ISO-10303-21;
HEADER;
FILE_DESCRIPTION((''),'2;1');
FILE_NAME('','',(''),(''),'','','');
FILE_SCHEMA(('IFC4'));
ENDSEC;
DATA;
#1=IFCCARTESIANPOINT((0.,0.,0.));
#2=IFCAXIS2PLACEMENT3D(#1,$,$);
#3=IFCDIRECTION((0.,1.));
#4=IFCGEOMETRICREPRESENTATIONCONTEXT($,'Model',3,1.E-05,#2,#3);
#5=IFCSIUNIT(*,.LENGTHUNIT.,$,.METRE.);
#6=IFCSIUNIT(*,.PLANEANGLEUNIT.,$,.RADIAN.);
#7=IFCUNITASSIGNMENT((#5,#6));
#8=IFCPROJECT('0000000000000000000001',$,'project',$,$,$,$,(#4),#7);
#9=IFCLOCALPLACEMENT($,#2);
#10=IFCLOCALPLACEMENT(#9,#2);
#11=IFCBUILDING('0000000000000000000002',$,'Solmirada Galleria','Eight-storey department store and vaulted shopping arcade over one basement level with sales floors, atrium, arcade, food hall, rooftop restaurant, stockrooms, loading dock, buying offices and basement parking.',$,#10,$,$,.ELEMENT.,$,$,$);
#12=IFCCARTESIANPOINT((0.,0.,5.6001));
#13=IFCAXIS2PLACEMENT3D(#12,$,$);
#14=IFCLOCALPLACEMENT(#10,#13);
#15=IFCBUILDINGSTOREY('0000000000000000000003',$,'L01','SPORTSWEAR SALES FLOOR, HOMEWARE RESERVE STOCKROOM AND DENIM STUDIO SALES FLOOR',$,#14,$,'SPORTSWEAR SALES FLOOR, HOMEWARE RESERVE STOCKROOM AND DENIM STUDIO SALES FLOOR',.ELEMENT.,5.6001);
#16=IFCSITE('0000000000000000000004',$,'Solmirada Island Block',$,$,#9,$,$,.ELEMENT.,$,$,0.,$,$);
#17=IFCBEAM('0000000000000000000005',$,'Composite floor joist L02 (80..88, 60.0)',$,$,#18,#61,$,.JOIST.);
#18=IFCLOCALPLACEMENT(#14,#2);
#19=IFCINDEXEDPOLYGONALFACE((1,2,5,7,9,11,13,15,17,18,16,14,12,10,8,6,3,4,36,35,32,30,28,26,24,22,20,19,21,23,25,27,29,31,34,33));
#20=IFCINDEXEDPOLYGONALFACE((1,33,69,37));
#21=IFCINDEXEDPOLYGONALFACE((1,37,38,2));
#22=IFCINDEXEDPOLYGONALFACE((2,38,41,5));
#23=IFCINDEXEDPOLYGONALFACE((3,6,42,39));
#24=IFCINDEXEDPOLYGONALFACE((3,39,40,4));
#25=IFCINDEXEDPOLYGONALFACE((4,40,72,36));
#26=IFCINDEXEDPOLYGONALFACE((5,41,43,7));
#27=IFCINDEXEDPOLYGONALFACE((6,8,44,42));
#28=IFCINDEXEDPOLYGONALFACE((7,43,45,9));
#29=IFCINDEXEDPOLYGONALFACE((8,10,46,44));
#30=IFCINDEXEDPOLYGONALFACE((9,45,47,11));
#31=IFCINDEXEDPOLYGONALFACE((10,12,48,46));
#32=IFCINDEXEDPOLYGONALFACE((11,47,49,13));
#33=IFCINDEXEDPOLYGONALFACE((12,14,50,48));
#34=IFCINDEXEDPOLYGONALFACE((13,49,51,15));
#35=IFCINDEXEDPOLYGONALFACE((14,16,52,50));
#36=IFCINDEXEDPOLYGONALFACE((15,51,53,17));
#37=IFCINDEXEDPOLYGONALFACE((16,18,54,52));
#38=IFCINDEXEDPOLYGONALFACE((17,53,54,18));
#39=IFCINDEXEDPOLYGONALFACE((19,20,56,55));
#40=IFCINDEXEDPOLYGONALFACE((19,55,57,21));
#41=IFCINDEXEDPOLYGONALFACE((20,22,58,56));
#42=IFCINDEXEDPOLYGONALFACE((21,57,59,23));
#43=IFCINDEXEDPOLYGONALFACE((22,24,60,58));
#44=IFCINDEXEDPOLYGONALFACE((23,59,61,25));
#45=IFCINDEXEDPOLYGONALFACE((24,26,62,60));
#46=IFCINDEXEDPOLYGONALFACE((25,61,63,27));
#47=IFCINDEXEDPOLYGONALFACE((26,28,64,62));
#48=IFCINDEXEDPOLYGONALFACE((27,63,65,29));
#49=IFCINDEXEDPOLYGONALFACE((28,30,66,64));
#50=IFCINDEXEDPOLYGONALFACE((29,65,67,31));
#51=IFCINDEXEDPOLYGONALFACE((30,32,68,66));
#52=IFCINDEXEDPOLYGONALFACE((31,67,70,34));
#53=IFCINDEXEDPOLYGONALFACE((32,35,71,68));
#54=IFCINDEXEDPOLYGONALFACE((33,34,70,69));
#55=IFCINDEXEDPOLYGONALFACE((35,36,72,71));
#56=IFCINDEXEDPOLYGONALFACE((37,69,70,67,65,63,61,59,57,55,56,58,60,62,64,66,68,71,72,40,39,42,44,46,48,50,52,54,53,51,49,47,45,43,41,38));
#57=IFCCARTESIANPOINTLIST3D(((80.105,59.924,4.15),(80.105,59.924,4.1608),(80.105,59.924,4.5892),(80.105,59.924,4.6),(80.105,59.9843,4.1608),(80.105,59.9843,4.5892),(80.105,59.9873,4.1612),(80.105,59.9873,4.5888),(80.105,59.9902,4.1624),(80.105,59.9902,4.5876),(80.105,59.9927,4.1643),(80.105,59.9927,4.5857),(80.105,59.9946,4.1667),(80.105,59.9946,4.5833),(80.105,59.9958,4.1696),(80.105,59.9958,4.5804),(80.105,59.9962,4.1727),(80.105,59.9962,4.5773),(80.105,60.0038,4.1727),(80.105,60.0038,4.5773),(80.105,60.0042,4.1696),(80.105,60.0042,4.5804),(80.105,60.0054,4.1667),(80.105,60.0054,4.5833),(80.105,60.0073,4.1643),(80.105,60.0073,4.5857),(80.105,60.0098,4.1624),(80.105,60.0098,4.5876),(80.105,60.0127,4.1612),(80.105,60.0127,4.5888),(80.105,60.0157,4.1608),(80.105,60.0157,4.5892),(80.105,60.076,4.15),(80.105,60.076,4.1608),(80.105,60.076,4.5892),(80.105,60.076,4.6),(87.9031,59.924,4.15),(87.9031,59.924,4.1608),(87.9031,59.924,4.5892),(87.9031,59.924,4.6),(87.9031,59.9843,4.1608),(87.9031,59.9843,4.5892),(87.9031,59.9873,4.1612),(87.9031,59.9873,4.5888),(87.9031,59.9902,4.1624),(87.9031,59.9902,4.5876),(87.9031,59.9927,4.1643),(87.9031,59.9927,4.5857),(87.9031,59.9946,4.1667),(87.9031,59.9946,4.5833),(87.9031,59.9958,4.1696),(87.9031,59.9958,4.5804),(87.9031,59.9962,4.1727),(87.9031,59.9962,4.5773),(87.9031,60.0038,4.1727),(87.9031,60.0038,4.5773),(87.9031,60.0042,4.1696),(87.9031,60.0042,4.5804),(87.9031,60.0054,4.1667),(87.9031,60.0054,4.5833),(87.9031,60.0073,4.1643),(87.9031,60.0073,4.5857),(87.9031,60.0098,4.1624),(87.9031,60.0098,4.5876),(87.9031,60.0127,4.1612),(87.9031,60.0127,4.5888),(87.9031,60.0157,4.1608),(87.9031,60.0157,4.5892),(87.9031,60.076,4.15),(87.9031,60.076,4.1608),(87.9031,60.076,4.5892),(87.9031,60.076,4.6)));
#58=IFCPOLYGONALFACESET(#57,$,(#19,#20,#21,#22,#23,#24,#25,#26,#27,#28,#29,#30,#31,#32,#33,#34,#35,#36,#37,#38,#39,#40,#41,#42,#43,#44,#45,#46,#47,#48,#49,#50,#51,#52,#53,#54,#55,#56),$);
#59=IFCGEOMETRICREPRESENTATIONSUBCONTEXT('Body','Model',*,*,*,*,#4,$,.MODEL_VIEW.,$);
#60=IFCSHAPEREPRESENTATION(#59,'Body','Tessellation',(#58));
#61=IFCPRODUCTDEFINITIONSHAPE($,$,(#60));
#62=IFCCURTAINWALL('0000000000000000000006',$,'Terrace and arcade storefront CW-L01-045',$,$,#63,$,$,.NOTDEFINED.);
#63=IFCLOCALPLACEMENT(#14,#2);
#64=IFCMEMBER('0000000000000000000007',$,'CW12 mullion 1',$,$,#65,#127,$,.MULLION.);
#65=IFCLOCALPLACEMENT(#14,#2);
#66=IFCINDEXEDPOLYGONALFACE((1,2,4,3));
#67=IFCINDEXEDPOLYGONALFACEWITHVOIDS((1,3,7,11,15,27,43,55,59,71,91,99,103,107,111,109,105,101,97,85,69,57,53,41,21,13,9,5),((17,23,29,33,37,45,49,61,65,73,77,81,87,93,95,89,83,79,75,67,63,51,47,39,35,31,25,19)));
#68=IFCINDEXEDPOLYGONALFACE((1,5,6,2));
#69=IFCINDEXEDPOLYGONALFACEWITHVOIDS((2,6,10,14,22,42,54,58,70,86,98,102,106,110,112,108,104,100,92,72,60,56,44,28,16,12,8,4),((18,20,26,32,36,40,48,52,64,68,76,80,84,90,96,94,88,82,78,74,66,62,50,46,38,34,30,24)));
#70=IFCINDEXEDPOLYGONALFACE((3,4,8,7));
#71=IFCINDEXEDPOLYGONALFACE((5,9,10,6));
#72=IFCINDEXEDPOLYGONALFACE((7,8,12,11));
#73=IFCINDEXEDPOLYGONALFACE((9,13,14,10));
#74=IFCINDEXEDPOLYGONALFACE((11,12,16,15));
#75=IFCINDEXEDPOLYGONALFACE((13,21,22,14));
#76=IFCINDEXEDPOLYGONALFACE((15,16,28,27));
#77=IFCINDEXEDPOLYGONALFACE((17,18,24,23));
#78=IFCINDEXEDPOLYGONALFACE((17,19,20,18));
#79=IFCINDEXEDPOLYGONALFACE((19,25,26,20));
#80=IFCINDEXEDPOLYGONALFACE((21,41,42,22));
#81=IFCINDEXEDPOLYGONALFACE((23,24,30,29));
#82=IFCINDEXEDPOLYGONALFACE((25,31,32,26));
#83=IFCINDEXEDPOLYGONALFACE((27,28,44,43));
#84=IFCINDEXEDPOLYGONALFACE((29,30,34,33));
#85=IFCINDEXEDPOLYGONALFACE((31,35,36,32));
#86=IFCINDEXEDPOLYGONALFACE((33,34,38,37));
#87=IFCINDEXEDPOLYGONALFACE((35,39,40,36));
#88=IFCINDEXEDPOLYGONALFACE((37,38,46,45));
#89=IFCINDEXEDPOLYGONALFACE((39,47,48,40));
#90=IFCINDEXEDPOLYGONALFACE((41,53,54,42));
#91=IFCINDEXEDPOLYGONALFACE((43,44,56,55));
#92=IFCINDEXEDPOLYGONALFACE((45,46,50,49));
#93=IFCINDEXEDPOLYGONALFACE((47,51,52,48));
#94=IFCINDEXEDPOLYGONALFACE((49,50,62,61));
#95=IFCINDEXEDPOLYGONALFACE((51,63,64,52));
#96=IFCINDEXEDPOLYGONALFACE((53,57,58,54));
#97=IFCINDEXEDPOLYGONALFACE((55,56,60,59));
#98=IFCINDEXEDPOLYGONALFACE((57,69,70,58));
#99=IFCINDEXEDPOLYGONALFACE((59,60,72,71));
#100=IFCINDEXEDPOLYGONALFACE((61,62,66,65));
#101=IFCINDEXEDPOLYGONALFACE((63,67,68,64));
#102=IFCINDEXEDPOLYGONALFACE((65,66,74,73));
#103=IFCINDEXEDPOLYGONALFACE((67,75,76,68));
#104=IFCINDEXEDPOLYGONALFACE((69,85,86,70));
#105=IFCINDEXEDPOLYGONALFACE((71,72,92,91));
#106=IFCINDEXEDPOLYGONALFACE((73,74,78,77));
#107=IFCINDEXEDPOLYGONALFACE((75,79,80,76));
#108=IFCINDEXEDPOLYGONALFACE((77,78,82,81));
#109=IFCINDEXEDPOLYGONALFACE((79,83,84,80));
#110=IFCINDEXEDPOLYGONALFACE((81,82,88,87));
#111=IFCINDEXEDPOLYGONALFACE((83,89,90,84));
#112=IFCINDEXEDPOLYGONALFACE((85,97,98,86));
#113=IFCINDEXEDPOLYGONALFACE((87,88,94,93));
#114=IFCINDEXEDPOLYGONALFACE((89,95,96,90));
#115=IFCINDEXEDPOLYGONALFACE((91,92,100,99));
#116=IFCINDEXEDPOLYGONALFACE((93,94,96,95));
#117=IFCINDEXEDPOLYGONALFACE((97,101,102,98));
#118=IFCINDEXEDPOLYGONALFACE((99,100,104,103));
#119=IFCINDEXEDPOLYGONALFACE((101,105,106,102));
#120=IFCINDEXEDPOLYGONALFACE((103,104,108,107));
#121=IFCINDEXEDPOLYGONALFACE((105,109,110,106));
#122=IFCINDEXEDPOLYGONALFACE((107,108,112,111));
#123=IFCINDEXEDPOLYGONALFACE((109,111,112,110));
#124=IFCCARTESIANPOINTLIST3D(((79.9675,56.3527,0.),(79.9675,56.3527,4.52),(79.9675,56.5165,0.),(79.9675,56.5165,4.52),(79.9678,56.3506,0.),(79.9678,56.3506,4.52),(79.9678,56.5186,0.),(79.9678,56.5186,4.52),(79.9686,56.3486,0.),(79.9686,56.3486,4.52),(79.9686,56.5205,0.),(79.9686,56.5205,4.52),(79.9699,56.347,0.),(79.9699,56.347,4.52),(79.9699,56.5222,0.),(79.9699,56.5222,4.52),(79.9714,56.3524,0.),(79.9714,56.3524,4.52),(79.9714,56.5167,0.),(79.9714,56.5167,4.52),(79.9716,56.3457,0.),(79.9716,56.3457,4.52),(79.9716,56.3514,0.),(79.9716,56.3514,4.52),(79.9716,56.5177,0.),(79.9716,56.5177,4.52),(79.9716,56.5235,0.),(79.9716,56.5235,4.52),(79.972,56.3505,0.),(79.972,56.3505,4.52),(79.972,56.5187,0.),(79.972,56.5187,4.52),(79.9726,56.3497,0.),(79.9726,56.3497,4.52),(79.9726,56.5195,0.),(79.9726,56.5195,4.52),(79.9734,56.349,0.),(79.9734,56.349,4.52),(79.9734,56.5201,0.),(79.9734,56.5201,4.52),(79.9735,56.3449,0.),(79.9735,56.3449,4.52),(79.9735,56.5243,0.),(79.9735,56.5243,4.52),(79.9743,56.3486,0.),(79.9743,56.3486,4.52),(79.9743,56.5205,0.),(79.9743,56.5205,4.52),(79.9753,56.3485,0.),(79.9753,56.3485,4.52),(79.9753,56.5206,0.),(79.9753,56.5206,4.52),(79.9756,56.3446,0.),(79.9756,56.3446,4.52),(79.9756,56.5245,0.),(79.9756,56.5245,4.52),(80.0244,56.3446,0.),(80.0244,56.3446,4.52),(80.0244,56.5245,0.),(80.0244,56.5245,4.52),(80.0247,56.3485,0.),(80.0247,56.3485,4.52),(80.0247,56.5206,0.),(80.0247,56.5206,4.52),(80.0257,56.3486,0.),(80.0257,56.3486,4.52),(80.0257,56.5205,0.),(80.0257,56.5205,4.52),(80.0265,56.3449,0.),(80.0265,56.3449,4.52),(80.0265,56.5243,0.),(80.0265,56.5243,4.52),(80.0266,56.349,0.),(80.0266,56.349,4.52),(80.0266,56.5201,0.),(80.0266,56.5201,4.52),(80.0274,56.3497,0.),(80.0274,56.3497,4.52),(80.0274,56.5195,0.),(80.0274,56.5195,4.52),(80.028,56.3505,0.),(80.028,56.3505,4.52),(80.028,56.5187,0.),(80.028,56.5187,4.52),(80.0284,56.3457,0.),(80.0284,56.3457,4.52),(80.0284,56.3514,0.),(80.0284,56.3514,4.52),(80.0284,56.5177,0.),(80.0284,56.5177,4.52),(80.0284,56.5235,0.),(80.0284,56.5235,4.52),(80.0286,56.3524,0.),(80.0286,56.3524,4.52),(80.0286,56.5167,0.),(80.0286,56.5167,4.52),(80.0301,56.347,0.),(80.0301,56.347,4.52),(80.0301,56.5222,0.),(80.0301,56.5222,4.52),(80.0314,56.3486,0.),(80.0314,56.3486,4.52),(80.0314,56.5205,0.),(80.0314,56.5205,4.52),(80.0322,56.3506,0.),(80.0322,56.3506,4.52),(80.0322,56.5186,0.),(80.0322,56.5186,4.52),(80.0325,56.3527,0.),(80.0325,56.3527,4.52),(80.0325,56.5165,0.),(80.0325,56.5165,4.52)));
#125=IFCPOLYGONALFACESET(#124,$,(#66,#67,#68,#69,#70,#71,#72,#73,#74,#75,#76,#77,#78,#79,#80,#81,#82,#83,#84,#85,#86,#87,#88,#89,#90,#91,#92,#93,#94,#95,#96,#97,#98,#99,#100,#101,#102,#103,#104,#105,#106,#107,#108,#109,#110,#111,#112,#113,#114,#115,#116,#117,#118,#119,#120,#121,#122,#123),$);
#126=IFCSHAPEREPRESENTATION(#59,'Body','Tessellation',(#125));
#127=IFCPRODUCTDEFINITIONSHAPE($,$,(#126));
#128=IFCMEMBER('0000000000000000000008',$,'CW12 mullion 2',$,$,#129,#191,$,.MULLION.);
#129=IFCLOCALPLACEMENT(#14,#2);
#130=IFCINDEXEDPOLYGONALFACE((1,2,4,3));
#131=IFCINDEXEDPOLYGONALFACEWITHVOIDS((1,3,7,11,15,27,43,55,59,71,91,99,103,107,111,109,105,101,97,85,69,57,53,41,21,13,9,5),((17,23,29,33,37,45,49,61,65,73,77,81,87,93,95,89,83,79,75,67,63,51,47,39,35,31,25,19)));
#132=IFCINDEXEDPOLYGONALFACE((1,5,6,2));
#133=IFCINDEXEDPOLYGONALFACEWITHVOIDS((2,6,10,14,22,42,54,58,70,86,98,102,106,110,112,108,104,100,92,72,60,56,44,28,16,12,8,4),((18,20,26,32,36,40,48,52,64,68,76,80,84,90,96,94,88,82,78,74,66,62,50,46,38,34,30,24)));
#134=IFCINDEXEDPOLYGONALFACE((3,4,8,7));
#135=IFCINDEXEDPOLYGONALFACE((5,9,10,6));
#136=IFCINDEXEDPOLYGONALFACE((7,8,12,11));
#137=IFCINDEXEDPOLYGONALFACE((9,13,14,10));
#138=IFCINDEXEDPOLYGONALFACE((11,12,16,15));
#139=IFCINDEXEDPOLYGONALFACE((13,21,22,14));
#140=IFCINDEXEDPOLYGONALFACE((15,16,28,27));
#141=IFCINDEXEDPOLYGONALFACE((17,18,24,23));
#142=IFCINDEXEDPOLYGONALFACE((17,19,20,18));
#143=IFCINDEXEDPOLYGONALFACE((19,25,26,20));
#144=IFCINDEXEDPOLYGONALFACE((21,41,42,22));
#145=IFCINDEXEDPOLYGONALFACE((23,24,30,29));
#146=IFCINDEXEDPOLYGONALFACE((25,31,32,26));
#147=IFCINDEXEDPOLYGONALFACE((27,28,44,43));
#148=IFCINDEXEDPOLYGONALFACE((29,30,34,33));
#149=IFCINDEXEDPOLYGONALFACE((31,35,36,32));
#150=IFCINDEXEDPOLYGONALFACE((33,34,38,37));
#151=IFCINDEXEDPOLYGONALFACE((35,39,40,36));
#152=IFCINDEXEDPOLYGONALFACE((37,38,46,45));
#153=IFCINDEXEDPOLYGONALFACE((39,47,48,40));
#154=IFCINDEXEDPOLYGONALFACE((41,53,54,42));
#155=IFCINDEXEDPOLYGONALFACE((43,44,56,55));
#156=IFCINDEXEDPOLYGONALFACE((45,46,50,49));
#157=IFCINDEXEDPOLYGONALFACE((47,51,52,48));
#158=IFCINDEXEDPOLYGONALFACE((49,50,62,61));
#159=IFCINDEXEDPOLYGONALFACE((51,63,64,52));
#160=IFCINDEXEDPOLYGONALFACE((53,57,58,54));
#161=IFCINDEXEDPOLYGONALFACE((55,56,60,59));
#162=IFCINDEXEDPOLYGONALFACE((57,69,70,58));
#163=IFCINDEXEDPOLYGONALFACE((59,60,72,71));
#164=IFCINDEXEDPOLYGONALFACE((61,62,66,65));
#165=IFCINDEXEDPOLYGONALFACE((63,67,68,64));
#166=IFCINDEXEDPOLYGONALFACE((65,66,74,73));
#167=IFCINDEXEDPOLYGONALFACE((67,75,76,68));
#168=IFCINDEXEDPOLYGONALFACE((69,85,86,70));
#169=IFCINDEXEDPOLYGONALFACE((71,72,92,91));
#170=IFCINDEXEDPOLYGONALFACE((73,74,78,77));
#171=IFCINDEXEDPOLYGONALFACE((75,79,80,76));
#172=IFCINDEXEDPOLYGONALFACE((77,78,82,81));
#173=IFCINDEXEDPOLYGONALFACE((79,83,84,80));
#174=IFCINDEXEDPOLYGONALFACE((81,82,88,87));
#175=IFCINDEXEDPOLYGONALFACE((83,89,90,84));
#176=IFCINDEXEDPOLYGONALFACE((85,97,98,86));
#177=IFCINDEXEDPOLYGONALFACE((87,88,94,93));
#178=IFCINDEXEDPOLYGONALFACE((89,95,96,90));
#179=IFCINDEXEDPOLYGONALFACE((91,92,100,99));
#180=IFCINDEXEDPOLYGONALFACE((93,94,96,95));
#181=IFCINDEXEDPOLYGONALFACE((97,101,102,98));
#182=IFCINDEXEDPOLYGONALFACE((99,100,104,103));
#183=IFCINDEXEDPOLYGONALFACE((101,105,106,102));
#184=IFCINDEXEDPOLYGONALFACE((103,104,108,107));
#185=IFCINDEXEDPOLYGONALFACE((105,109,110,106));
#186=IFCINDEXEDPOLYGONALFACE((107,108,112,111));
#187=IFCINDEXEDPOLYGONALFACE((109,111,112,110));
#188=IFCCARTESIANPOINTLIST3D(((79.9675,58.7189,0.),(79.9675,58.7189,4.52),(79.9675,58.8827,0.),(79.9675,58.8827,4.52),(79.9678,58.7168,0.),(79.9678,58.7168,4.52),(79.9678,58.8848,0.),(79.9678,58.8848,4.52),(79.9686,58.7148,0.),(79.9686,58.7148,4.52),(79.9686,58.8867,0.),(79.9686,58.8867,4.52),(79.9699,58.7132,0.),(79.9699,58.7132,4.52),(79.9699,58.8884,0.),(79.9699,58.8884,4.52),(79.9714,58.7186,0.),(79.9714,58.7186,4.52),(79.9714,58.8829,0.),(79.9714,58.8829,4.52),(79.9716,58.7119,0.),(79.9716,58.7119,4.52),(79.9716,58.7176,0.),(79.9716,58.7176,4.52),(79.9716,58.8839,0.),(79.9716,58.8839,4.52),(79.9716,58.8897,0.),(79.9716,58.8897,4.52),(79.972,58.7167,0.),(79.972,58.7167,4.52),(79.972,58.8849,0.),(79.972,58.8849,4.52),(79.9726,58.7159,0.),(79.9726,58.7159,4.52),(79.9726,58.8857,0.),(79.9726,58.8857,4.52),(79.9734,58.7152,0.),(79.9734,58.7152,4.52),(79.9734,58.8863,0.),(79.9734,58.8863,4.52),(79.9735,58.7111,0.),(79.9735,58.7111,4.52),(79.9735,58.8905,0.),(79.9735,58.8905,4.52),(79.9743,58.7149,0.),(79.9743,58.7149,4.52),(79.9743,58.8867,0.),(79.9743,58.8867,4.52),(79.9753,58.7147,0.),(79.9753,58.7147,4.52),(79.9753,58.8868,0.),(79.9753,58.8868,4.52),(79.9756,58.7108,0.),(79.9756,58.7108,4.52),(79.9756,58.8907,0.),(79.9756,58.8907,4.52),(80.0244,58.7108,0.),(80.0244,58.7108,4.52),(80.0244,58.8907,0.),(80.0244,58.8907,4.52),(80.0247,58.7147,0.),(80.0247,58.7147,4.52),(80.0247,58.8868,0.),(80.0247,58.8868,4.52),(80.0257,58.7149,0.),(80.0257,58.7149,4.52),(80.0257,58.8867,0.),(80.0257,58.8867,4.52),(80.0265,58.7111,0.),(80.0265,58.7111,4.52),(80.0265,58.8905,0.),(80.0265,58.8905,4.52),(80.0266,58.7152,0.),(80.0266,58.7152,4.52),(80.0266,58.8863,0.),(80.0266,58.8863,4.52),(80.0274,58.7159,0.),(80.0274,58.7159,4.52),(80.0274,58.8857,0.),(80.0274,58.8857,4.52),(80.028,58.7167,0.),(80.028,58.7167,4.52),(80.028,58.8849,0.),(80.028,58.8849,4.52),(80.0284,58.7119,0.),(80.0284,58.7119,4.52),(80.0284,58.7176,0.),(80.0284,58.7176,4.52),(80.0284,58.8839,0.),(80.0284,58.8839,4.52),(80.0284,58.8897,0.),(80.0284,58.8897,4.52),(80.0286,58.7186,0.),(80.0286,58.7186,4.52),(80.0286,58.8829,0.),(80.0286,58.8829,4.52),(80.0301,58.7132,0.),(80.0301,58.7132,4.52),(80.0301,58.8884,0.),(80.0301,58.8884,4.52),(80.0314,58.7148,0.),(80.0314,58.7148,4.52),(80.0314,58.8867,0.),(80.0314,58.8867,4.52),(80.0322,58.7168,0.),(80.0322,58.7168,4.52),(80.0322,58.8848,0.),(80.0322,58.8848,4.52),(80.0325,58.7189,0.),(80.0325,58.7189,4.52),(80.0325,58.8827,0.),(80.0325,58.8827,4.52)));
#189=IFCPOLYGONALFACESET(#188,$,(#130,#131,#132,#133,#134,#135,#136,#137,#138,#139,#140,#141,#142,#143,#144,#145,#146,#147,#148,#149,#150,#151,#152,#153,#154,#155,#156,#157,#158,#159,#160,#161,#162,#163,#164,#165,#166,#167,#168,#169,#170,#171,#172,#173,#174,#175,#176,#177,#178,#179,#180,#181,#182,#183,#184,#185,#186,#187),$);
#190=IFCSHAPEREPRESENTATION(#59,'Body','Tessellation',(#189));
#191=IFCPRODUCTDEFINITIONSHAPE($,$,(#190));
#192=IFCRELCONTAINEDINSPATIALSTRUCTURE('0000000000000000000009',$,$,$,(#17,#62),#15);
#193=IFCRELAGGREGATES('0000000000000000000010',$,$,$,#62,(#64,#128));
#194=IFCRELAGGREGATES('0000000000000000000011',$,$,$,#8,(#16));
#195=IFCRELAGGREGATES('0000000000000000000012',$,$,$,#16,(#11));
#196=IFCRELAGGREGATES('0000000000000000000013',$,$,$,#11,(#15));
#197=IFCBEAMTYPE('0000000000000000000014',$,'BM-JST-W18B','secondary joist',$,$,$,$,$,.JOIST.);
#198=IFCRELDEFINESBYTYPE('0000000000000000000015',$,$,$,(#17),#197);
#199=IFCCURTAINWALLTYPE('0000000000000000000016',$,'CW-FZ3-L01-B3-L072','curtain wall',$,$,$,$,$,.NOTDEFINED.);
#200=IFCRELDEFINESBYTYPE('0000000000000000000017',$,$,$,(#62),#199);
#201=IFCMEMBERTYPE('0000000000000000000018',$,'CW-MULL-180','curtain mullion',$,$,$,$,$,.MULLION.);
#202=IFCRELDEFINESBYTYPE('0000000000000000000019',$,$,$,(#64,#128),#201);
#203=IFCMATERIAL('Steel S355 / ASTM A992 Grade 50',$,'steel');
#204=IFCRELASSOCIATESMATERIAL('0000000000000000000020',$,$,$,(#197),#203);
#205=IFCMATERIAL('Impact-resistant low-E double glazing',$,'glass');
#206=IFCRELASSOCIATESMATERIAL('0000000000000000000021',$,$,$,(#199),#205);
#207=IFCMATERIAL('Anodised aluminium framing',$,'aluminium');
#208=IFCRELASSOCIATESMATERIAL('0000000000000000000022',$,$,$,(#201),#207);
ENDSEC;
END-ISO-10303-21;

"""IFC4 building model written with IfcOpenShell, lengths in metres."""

from ifc_helpers import new_model, si_unit, direction, frame, origin, origin_2d, place, context, subcontext, project, spatial, hollow_rectangle, i_section, extrude, material, material_profile, profile_set, type_object, element, aggregate, save


model = new_model("IFC4")

# Units and contexts
model_context = context("Model", 3, precision=1e-05, world=origin(), true_north=direction((0.0, 1.0)))
body_context = subcontext(model_context, "Body", "Model", "MODEL_VIEW")
ifc_project = project(units=[si_unit("LENGTHUNIT", "METRE"), si_unit("PLANEANGLEUNIT", "RADIAN")], contexts=[model_context])

# Site, building, storey
site_placement = place(None, origin())
site = spatial("IfcSite", under=ifc_project, at=site_placement, Name="Solmirada Island Block", CompositionType="ELEMENT", RefElevation=0.0)
building_placement = place(site_placement, origin())
building = spatial("IfcBuilding", under=site, at=building_placement, Name="Solmirada Galleria", Description="Eight-storey department store and vaulted shopping arcade over one basement level with sales floors, atrium, arcade, food hall, rooftop restaurant, stockrooms, loading dock, buying offices and basement parking.", CompositionType="ELEMENT")
storey_placement = place(building_placement, frame((0.0, 0.0, 5.6001)))
storey = spatial("IfcBuildingStorey", under=building, at=storey_placement, Name="L01", Description="SPORTSWEAR SALES FLOOR, HOMEWARE RESERVE STOCKROOM AND DENIM STUDIO SALES FLOOR", LongName="SPORTSWEAR SALES FLOOR, HOMEWARE RESERVE STOCKROOM AND DENIM STUDIO SALES FLOOR", CompositionType="ELEMENT", Elevation=5.6001)

# Beam
ifc_material_1 = material(Name="Steel S355 / ASTM A992 Grade 50", Category="steel")
ifc_material_profile_1 = material_profile(ifc_material_1, i_section(OverallWidth=0.1521, OverallDepth=0.45, WebThickness=0.0076, FlangeThickness=0.0107, FilletRadius=0.012, at=origin_2d()), Name="W18X35")
ifc_profile_set_1 = profile_set([ifc_material_profile_1], Name="Steel S355 / ASTM A992 Grade 50")
beam_type_1 = type_object("IfcBeamType", Name="BM-JST-W18B", Description="secondary joist", PredefinedType="JOIST", material=ifc_profile_set_1)
beam_1_placement = place(storey_placement, frame((80.105, 60.0, 4.375), z_axis=(1.0, 0.0, 0.0), x_axis=(0.0, 1.0, 0.0)))
element("IfcBeam", 1, at=beam_1_placement, inside=storey, type_object=beam_type_1, Name="Composite floor joist L02 (80..88, 60.0)", PredefinedType="JOIST", context=body_context, shape_type="SweptSolid", body=[
    extrude(i_section(OverallWidth=0.1521, OverallDepth=0.45, WebThickness=0.0076, FlangeThickness=0.0107, FilletRadius=0.012, at=origin_2d()), origin(), (0.0, 0.0, 1.0), 7.7981),
])

# Curtain wall, members
ifc_material_2 = material(Name="Impact-resistant low-E double glazing", Category="glass")
curtain_wall_type = type_object("IfcCurtainWallType", Name="CW-FZ3-L01-B3-L072", Description="curtain wall", PredefinedType="NOTDEFINED", material=ifc_material_2)
curtain_wall_1_placement = place(storey_placement, origin())
curtain_wall_1 = element("IfcCurtainWall", 2, at=curtain_wall_1_placement, inside=storey, type_object=curtain_wall_type, Name="Terrace and arcade storefront CW-L01-045", PredefinedType="NOTDEFINED")
ifc_material_3 = material(Name="Anodised aluminium framing", Category="aluminium")
ifc_material_profile_2 = material_profile(ifc_material_3, hollow_rectangle(XDim=0.0649, YDim=0.1799, WallThickness=0.0039, InnerFilletRadius=0.0039, OuterFilletRadius=0.0081, at=origin_2d()), Name="ALU-MULL-180X65")
ifc_profile_set_2 = profile_set([ifc_material_profile_2], Name="Anodised aluminium framing")
member_type_1 = type_object("IfcMemberType", Name="CW-MULL-180", Description="curtain mullion", PredefinedType="MULLION", material=ifc_profile_set_2)
member_1_placement = place(storey_placement, frame((80.0, 56.4346, 0.0), z_axis=(0.0, 0.0, 1.0), x_axis=(-1.0, 0.0, 0.0)))
member_1 = element("IfcMember", 3, at=member_1_placement, type_object=member_type_1, Name="CW12 mullion 1", PredefinedType="MULLION", context=body_context, shape_type="SweptSolid", body=[
    extrude(hollow_rectangle(XDim=0.0649, YDim=0.1799, WallThickness=0.0039, InnerFilletRadius=0.0039, OuterFilletRadius=0.0081, at=origin_2d()), origin(), (0.0, 0.0, 1.0), 4.52),
])
member_2_placement = place(storey_placement, frame((80.0, 58.8008, 0.0), z_axis=(0.0, 0.0, 1.0), x_axis=(-1.0, 0.0, 0.0)))
member_2 = element("IfcMember", 4, at=member_2_placement, type_object=member_type_1, Name="CW12 mullion 2", PredefinedType="MULLION", context=body_context, shape_type="SweptSolid", body=[
    extrude(hollow_rectangle(XDim=0.0649, YDim=0.1799, WallThickness=0.0039, InnerFilletRadius=0.0039, OuterFilletRadius=0.0081, at=origin_2d()), origin(), (0.0, 0.0, 1.0), 4.52),
])

aggregate(curtain_wall_1, [member_1, member_2])

save(model, "model.ifc")
